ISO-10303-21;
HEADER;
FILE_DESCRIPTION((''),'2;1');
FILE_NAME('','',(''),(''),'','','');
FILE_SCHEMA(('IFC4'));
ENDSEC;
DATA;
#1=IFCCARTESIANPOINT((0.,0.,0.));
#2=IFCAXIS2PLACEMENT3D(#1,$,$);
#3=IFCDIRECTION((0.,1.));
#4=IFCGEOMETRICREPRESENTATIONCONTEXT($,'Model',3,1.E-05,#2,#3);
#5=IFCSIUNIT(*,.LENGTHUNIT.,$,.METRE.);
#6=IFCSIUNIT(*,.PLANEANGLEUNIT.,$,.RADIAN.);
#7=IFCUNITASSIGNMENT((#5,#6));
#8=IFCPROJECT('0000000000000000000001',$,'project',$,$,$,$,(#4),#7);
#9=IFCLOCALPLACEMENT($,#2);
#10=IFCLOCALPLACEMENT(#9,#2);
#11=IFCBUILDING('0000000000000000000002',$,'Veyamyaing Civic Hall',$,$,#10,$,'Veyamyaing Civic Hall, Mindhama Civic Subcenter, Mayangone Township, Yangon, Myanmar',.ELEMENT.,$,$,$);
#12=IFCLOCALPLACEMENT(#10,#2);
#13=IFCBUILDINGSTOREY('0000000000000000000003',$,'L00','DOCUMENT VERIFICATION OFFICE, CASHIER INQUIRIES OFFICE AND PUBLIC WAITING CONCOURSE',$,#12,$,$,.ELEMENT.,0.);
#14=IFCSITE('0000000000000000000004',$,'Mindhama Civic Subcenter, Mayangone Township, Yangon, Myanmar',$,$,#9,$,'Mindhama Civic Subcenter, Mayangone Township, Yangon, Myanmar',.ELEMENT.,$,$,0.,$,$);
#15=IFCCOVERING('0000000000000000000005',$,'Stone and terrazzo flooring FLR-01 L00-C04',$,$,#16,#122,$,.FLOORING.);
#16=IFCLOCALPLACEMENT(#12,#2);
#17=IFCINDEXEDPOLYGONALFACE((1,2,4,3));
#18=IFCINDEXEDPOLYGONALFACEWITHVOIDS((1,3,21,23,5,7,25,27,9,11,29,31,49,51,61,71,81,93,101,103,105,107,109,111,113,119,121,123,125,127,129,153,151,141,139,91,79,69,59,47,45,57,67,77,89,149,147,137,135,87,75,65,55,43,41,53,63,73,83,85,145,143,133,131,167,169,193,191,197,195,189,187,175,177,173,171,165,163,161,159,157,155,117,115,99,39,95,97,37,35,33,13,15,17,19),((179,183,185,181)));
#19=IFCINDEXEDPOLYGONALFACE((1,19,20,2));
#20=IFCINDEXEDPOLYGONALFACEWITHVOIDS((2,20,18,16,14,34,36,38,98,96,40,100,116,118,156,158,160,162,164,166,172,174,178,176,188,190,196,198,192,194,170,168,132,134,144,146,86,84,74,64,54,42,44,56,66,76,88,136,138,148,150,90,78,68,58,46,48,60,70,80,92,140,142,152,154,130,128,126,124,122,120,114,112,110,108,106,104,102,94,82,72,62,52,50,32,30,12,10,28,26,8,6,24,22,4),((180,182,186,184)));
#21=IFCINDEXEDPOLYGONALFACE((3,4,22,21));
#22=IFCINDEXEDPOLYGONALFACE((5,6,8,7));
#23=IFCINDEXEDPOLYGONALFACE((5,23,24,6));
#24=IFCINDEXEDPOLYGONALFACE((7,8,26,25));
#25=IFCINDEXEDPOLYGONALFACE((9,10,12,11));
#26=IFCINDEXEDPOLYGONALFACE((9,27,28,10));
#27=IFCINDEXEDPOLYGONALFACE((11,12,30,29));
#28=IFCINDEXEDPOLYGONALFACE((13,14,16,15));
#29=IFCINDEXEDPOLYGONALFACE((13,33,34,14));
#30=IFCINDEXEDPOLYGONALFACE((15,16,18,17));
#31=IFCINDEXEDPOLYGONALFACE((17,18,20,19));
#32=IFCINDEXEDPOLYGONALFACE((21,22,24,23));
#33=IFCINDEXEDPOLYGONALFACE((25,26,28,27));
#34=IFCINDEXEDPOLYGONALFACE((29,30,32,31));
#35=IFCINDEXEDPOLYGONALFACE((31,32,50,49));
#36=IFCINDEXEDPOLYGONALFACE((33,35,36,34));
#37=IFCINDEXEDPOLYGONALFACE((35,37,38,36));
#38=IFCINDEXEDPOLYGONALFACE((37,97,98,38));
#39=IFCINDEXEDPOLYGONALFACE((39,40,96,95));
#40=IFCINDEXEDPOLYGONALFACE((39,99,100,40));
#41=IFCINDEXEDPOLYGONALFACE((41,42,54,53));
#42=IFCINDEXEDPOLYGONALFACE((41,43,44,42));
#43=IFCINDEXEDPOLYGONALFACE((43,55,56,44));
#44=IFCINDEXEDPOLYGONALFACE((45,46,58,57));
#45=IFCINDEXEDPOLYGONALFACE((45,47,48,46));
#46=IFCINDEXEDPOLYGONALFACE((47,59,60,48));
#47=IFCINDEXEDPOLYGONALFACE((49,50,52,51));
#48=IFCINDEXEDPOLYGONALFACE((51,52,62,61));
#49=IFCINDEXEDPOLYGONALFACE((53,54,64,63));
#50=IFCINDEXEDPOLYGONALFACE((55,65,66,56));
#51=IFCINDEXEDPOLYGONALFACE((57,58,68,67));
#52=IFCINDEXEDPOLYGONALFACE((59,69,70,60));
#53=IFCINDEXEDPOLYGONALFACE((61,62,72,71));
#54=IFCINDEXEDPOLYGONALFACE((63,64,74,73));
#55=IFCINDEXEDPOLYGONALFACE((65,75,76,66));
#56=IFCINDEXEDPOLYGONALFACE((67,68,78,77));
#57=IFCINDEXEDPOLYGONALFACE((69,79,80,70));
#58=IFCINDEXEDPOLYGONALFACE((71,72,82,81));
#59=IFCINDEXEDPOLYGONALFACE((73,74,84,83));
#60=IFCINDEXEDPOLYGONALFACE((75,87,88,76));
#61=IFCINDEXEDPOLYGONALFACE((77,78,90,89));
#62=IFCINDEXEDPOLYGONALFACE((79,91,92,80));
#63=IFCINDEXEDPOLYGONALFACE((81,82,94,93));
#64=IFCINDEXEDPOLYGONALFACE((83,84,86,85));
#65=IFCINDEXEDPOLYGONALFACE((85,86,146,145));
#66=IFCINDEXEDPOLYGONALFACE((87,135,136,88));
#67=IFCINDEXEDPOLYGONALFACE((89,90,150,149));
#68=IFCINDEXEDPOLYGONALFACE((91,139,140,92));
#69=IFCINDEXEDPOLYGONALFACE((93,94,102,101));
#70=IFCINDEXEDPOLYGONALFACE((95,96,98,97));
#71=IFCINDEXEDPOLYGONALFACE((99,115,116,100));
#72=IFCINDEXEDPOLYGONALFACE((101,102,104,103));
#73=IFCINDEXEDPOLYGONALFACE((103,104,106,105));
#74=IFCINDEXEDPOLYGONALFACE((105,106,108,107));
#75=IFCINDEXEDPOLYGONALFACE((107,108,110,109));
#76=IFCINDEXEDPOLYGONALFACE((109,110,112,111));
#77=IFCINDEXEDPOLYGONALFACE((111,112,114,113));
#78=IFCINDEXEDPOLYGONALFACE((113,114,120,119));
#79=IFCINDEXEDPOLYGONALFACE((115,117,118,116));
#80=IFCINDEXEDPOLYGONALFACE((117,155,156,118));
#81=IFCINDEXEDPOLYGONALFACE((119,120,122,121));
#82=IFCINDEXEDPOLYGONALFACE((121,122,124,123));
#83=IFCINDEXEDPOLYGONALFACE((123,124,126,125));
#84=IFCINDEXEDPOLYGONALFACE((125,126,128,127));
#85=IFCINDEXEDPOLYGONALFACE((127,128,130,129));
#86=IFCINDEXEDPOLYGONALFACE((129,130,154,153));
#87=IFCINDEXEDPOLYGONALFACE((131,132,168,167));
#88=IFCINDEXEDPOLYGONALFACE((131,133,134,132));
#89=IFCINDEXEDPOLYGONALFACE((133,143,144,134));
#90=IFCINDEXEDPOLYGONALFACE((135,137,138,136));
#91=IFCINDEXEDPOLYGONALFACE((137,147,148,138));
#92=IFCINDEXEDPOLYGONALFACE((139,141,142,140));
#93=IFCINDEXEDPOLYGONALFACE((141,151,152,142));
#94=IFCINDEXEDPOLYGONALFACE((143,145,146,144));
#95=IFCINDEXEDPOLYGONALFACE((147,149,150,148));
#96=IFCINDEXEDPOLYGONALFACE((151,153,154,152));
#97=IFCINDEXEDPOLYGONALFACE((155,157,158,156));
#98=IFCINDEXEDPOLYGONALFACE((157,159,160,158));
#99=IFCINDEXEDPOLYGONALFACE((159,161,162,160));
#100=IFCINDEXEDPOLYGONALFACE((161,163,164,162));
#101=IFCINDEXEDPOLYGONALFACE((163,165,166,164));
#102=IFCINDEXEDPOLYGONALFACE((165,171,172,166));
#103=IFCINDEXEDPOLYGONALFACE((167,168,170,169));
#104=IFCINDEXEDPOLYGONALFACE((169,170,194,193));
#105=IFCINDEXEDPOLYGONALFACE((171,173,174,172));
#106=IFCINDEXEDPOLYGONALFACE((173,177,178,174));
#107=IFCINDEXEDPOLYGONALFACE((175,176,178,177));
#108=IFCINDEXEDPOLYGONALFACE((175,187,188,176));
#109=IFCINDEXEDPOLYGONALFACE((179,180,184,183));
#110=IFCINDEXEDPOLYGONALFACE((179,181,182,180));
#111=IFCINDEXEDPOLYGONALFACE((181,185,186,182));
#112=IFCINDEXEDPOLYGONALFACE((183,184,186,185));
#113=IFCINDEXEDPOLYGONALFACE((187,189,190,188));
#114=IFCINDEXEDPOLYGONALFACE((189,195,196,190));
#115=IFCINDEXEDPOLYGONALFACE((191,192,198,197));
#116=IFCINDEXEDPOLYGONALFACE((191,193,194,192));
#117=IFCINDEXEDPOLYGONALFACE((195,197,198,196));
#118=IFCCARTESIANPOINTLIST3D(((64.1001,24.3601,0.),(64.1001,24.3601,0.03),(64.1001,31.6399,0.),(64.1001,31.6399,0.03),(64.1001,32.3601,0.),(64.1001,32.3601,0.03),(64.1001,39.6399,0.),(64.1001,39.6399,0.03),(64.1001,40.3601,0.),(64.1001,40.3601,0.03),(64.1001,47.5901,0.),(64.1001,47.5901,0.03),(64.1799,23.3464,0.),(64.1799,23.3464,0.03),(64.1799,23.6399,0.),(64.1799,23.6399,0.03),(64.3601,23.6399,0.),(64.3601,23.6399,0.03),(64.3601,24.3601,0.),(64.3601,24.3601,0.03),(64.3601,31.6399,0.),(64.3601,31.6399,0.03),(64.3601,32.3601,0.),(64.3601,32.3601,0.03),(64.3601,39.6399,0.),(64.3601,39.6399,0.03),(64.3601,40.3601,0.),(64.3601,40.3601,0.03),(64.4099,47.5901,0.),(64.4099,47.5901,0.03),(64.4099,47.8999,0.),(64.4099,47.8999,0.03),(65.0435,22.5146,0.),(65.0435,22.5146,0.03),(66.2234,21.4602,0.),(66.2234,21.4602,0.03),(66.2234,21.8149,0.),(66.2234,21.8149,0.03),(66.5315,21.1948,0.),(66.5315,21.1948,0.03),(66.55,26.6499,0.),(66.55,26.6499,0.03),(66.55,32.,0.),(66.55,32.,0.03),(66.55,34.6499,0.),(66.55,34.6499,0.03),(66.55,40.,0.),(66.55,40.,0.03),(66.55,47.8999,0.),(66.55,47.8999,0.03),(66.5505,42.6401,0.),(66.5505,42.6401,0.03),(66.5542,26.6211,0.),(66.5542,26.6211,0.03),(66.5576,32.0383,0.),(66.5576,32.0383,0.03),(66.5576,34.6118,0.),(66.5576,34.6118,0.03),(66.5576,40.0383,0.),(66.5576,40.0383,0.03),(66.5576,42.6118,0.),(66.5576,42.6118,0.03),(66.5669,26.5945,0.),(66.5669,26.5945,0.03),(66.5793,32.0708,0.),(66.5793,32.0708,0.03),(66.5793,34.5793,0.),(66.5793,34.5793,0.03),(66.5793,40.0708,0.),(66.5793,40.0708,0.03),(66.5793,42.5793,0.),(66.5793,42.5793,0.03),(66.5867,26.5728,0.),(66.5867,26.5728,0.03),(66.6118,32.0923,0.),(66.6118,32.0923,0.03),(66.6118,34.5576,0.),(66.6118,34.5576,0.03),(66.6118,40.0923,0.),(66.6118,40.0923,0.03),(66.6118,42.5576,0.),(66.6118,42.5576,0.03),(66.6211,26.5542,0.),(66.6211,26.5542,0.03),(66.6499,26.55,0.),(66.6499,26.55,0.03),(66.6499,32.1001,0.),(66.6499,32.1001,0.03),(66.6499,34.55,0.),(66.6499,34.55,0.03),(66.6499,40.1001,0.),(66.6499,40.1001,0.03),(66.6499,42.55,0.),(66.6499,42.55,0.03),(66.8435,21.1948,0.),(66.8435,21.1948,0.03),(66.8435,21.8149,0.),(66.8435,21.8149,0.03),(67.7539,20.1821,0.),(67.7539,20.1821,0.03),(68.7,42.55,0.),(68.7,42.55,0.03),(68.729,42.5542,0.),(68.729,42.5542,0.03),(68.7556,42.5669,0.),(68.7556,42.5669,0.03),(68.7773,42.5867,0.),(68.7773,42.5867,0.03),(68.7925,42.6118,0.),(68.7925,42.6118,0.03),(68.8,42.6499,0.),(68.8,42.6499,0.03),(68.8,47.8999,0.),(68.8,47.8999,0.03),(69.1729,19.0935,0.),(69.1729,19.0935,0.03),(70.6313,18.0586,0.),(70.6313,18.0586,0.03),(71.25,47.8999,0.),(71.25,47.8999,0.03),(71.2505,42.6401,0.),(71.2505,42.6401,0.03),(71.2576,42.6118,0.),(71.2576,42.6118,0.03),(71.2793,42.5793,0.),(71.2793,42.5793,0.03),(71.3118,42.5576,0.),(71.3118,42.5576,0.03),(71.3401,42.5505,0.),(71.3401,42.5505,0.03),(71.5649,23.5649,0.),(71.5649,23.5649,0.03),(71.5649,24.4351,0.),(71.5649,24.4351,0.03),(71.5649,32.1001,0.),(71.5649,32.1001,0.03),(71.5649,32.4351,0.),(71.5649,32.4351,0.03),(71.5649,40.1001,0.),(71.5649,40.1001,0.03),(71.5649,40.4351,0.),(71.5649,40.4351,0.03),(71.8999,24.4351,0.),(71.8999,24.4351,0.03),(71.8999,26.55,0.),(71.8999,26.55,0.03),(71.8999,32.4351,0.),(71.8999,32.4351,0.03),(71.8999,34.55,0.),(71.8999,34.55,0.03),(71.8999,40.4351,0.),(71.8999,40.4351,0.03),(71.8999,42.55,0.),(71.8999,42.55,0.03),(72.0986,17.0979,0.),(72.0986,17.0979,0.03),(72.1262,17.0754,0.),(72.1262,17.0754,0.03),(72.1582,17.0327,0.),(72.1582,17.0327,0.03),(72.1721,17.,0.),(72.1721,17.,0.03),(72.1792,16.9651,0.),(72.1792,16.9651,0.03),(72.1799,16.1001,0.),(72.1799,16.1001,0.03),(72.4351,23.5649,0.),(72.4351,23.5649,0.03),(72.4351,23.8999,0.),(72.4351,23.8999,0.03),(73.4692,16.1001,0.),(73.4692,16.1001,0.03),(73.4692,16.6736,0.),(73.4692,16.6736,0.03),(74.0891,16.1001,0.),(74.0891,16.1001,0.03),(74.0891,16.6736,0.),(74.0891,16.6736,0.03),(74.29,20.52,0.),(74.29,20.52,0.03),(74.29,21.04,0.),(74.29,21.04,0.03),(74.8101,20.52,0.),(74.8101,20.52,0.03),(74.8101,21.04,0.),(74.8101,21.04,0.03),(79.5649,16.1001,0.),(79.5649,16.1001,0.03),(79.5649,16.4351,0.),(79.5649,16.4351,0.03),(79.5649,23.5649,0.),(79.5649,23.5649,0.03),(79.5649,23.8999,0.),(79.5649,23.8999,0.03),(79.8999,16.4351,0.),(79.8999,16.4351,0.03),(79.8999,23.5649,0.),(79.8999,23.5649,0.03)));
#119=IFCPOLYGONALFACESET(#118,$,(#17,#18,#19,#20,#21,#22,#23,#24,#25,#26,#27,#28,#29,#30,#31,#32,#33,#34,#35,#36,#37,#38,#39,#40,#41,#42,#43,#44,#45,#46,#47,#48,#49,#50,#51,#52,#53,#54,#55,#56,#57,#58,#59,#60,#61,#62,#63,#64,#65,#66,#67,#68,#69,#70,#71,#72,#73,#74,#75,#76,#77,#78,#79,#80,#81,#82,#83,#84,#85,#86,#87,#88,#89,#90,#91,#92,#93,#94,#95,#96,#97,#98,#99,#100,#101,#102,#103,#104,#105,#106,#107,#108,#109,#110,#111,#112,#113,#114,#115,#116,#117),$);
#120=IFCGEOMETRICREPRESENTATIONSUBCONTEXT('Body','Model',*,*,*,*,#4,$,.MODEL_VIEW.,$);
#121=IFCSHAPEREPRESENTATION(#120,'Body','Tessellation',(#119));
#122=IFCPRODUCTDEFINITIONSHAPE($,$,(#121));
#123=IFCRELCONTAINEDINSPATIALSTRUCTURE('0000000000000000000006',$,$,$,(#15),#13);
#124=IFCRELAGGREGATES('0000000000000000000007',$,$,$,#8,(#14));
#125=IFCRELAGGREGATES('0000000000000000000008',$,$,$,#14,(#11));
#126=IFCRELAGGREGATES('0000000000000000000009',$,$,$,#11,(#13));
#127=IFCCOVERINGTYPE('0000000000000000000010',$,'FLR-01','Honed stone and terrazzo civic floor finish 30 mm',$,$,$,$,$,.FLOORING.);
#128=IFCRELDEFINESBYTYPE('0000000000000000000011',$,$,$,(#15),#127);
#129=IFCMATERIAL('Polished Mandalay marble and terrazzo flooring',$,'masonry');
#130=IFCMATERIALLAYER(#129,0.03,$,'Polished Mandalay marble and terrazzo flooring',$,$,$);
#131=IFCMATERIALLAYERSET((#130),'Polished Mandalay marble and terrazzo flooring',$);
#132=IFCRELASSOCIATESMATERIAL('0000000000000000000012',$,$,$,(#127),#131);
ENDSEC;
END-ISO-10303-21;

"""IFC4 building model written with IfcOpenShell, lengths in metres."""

from ifc_helpers import new_model, si_unit, direction, origin, place, context, subcontext, project, spatial, polyline, outline, extrude, material, layer, layer_set, type_object, element, save


model = new_model("IFC4")

# Units and contexts
model_context = context("Model", 3, precision=1e-05, world=origin(), true_north=direction((0.0, 1.0)))
body_context = subcontext(model_context, "Body", "Model", "MODEL_VIEW")
ifc_project = project(units=[si_unit("LENGTHUNIT", "METRE"), si_unit("PLANEANGLEUNIT", "RADIAN")], contexts=[model_context])

# Site, building, storey
site_placement = place(None, origin())
site = spatial("IfcSite", under=ifc_project, at=site_placement, Name="Mindhama Civic Subcenter, Mayangone Township, Yangon, Myanmar", LongName="Mindhama Civic Subcenter, Mayangone Township, Yangon, Myanmar", CompositionType="ELEMENT", RefElevation=0.0)
building_placement = place(site_placement, origin())
building = spatial("IfcBuilding", under=site, at=building_placement, Name="Veyamyaing Civic Hall", LongName="Veyamyaing Civic Hall, Mindhama Civic Subcenter, Mayangone Township, Yangon, Myanmar", CompositionType="ELEMENT")
storey_placement = place(building_placement, origin())
storey = spatial("IfcBuildingStorey", under=building, at=storey_placement, Name="L00", Description="DOCUMENT VERIFICATION OFFICE, CASHIER INQUIRIES OFFICE AND PUBLIC WAITING CONCOURSE", CompositionType="ELEMENT", Elevation=0.0)

# Covering
ifc_material_1 = material(Name="Polished Mandalay marble and terrazzo flooring", Category="masonry")
ifc_layer_1 = layer(ifc_material_1, 0.03, Name="Polished Mandalay marble and terrazzo flooring")
ifc_layer_set_1 = layer_set([ifc_layer_1], Name="Polished Mandalay marble and terrazzo flooring")
covering_type_1 = type_object("IfcCoveringType", Name="FLR-01", Description="Honed stone and terrazzo civic floor finish 30 mm", PredefinedType="FLOORING", material=ifc_layer_set_1)
covering_1_placement = place(storey_placement, origin())
element("IfcCovering", 1, at=covering_1_placement, inside=storey, type_object=covering_type_1, Name="Stone and terrazzo flooring FLR-01 L00-C04", PredefinedType="FLOORING", context=body_context, shape_type="SweptSolid", body=[
    extrude(outline(polyline([(66.5576, 42.6118), (66.5793, 42.5793), (66.6118, 42.5576), (66.6499, 42.55), (68.7, 42.55), (68.729, 42.5542), (68.7556, 42.5669), (68.7773, 42.5867), (68.7925, 42.6118), (68.8, 42.6499), (68.8, 47.8999), (71.25, 47.8999), (71.2505, 42.6401), (71.2576, 42.6118), (71.2793, 42.5793), (71.3118, 42.5576), (71.3401, 42.5505), (71.8999, 42.55), (71.8999, 40.4351), (71.5649, 40.4351), (71.5649, 40.1001), (66.6499, 40.1001), (66.6118, 40.0923), (66.5793, 40.0708), (66.5576, 40.0383), (66.55, 40.0), (66.55, 34.6499), (66.5576, 34.6118), (66.5793, 34.5793), (66.6118, 34.5576), (66.6499, 34.55), (71.8999, 34.55), (71.8999, 32.4351), (71.5649, 32.4351), (71.5649, 32.1001), (66.6499, 32.1001), (66.6118, 32.0923), (66.5793, 32.0708), (66.5576, 32.0383), (66.55, 32.0), (66.55, 26.6499), (66.5542, 26.6211), (66.5669, 26.5945), (66.5867, 26.5728), (66.6211, 26.5542), (66.6499, 26.55), (71.8999, 26.55), (71.8999, 24.4351), (71.5649, 24.4351), (71.5649, 23.5649), (72.4351, 23.5649), (72.4351, 23.8999), (79.5649, 23.8999), (79.5649, 23.5649), (79.8999, 23.5649), (79.8999, 16.4351), (79.5649, 16.4351), (79.5649, 16.1001), (74.0891, 16.1001), (74.0891, 16.6736), (73.4692, 16.6736), (73.4692, 16.1001), (72.1799, 16.1001), (72.1792, 16.9651), (72.1721, 17.0), (72.1582, 17.0327), (72.1262, 17.0754), (72.0986, 17.0979), (70.6313, 18.0586), (69.1729, 19.0935), (67.7539, 20.1821), (66.5315, 21.1948), (66.8435, 21.1948), (66.8435, 21.8149), (66.2234, 21.8149), (66.2234, 21.4602), (65.0435, 22.5146), (64.1799, 23.3464), (64.1799, 23.6399), (64.3601, 23.6399), (64.3601, 24.3601), (64.1001, 24.3601), (64.1001, 31.6399), (64.3601, 31.6399), (64.3601, 32.3601), (64.1001, 32.3601), (64.1001, 39.6399), (64.3601, 39.6399), (64.3601, 40.3601), (64.1001, 40.3601), (64.1001, 47.5901), (64.4099, 47.5901), (64.4099, 47.8999), (66.55, 47.8999), (66.5505, 42.6401), (66.5576, 42.6118)]), holes=[polyline([(74.29, 21.04), (74.29, 20.52), (74.8101, 20.52), (74.8101, 21.04), (74.29, 21.04)])]), origin(), (0.0, 0.0, 1.0), 0.03),
])

save(model, "model.ifc")
